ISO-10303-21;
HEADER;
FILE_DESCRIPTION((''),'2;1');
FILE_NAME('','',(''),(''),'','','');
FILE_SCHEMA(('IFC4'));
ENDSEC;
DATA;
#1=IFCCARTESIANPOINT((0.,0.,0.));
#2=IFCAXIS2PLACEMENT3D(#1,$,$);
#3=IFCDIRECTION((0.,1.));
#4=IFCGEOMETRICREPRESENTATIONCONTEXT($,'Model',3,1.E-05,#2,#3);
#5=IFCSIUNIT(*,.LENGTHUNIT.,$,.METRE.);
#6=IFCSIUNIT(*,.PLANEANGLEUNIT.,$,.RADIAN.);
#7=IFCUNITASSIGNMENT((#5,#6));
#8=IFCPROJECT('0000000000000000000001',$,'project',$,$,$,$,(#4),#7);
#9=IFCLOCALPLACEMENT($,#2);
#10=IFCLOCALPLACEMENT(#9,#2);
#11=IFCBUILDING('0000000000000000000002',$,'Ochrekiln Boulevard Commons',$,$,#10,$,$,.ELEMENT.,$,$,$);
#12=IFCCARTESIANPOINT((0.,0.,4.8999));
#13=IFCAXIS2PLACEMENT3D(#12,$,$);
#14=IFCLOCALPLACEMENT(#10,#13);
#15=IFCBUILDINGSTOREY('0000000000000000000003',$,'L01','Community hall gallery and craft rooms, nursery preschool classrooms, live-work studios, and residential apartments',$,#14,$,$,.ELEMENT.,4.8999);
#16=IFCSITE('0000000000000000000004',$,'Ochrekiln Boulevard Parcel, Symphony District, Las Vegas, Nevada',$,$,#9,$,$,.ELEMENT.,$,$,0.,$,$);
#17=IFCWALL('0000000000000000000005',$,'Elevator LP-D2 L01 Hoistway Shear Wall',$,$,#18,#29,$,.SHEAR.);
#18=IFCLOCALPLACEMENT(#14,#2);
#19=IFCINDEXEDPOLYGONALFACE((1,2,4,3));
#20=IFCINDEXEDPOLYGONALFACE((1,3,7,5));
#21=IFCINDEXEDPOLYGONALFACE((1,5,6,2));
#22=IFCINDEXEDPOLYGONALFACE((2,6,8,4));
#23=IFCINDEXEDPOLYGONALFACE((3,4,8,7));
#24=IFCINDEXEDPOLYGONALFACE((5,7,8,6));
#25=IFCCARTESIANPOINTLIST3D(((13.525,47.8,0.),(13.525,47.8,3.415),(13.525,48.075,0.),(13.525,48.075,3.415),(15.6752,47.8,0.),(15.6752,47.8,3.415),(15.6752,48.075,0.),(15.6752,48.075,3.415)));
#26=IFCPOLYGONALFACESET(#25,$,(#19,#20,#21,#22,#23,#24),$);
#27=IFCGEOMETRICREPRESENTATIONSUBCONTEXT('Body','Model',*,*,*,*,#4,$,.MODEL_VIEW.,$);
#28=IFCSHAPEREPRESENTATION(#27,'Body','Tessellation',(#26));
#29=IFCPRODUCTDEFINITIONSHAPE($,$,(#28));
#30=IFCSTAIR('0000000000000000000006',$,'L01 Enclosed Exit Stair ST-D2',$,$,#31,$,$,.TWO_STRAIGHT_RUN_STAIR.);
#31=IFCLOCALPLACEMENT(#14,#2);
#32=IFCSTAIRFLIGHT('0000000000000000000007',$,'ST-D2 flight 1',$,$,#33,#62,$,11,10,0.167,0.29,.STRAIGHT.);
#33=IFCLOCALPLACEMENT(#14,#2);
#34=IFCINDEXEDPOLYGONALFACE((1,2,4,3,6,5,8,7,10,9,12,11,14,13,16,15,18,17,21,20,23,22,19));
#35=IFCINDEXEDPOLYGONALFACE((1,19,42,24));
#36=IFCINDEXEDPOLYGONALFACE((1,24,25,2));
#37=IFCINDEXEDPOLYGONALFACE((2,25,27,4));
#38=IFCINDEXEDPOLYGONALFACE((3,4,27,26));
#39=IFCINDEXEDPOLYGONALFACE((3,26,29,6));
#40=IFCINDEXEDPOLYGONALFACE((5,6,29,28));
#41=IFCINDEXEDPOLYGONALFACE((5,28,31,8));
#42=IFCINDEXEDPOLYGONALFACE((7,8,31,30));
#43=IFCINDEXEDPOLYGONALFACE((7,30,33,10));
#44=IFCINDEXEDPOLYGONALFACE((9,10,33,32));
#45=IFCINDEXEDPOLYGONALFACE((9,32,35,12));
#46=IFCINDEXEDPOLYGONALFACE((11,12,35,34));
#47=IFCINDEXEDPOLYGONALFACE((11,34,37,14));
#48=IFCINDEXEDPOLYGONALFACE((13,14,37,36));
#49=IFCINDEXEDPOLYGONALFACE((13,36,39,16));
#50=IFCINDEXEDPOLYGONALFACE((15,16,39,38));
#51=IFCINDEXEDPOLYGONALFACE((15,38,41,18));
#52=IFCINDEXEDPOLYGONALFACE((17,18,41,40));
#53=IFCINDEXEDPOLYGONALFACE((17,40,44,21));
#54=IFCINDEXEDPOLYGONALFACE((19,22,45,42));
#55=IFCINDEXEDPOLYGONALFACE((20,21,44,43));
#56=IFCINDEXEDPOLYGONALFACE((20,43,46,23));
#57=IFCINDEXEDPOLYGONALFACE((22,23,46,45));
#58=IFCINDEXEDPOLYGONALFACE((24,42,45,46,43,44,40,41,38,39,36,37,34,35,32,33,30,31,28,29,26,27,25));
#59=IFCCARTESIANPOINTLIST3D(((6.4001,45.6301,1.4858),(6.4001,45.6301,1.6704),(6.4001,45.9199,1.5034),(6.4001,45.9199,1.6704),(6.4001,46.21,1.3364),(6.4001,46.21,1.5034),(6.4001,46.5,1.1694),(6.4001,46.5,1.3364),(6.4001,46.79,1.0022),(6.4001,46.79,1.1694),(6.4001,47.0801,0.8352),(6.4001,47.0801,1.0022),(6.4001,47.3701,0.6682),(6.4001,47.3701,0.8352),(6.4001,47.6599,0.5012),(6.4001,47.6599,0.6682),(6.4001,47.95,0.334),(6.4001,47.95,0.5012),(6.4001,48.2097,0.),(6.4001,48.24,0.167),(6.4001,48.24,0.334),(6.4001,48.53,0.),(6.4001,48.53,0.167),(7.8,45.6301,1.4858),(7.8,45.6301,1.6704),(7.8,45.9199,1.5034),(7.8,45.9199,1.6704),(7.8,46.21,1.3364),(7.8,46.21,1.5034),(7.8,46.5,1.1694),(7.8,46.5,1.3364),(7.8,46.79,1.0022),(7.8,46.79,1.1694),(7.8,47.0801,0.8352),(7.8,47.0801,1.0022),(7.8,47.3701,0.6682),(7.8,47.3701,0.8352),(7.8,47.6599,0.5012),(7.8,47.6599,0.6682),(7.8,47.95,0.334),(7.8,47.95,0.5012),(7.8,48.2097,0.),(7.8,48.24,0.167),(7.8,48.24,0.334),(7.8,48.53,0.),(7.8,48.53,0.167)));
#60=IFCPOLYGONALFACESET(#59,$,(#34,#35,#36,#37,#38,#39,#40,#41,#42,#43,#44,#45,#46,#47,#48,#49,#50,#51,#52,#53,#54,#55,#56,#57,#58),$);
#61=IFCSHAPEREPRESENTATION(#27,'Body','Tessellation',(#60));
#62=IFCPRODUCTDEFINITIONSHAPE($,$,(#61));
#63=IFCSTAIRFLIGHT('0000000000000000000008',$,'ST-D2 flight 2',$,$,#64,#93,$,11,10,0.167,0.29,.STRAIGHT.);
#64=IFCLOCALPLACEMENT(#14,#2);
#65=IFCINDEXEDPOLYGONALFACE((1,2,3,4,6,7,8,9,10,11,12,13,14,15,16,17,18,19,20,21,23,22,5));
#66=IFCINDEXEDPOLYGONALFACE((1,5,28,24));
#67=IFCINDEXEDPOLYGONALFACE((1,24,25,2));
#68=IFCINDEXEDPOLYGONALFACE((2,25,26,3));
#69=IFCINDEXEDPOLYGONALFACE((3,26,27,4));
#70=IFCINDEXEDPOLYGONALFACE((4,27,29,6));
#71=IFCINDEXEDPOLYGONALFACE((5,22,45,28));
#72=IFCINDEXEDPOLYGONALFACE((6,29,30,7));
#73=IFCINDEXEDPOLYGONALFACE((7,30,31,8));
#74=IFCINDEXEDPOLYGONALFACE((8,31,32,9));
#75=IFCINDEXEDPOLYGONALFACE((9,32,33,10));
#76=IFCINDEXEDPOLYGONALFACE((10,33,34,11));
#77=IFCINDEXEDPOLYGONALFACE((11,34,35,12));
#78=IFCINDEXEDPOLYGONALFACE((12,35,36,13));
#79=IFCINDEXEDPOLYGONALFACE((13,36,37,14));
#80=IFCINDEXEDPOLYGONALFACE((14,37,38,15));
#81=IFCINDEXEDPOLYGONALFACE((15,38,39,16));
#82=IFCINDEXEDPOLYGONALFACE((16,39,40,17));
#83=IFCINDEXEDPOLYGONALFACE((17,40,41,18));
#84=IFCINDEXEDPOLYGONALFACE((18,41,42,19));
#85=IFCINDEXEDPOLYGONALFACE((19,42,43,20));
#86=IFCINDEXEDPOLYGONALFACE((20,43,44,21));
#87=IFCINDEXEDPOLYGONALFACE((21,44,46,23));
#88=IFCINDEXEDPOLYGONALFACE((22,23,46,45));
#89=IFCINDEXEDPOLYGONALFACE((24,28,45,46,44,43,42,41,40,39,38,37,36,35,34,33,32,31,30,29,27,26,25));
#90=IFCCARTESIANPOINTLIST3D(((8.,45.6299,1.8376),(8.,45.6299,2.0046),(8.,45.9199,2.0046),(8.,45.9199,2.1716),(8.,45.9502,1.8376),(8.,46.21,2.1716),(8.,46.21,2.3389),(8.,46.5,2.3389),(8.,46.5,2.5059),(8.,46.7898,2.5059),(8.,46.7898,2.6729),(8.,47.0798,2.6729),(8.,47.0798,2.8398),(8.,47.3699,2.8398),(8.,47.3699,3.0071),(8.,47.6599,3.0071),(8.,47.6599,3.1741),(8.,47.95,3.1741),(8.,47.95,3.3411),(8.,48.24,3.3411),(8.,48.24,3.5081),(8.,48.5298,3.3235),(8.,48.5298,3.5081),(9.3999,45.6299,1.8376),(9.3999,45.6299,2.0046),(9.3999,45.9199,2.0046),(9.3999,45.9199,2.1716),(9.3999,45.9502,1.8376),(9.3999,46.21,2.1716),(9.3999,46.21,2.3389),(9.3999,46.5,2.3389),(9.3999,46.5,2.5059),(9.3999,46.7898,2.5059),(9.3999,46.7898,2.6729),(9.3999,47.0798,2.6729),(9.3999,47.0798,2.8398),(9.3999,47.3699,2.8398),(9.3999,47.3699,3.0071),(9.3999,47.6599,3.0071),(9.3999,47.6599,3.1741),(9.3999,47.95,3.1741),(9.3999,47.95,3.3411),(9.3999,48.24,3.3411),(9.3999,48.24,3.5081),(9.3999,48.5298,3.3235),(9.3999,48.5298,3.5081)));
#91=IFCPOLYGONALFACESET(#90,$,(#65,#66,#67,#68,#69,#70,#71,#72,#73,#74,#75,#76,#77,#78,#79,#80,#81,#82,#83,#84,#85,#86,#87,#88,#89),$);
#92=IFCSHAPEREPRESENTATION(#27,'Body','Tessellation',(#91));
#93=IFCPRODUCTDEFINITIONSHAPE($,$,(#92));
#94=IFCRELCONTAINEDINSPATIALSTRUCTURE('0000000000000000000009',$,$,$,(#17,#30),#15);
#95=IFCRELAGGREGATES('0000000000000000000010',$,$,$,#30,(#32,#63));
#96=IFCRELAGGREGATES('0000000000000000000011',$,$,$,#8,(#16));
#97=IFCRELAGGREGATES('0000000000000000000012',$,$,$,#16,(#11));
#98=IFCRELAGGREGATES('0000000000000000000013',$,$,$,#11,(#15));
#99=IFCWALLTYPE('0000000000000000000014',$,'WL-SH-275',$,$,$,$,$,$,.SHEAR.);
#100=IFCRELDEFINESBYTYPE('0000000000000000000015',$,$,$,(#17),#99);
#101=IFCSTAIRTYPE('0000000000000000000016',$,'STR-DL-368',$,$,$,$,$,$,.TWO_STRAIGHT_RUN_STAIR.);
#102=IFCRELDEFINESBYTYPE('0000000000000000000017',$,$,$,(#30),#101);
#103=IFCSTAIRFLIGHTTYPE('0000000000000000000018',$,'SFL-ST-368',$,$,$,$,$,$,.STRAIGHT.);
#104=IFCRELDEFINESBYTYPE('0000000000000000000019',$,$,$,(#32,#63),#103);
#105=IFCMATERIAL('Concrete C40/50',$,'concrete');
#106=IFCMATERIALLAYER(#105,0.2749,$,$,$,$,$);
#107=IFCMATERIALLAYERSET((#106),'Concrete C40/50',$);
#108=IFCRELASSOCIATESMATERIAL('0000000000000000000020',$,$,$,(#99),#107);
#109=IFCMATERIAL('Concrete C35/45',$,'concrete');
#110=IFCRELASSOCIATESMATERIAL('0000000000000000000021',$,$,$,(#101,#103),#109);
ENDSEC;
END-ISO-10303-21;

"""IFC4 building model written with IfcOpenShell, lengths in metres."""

from ifc_helpers import new_model, si_unit, direction, frame, frame_2d, origin, place, context, subcontext, project, spatial, polyline, rectangle, outline, extrude, material, layer, layer_set, type_object, element, aggregate, save


model = new_model("IFC4")

# Units and contexts
model_context = context("Model", 3, precision=1e-05, world=origin(), true_north=direction((0.0, 1.0)))
body_context = subcontext(model_context, "Body", "Model", "MODEL_VIEW")
ifc_project = project(units=[si_unit("LENGTHUNIT", "METRE"), si_unit("PLANEANGLEUNIT", "RADIAN")], contexts=[model_context])

# Site, building, storey
site_placement = place(None, origin())
site = spatial("IfcSite", under=ifc_project, at=site_placement, Name="Ochrekiln Boulevard Parcel, Symphony District, Las Vegas, Nevada", CompositionType="ELEMENT", RefElevation=0.0)
building_placement = place(site_placement, origin())
building = spatial("IfcBuilding", under=site, at=building_placement, Name="Ochrekiln Boulevard Commons", CompositionType="ELEMENT")
storey_placement = place(building_placement, frame((0.0, 0.0, 4.8999)))
storey = spatial("IfcBuildingStorey", under=building, at=storey_placement, Name="L01", Description="Community hall gallery and craft rooms, nursery preschool classrooms, live-work studios, and residential apartments", CompositionType="ELEMENT", Elevation=4.8999)

# Shared definitions
ifc_material_1 = material(Name="Concrete C40/50", Category="concrete")

# Shared definitions
ifc_material_2 = material(Name="Concrete C35/45", Category="concrete")

# Wall
ifc_layer_1 = layer(ifc_material_1, 0.2749)
ifc_layer_set_1 = layer_set([ifc_layer_1], Name="Concrete C40/50")
wall_type_1 = type_object("IfcWallType", Name="WL-SH-275", PredefinedType="SHEAR", material=ifc_layer_set_1)
for number, where, z_axis, x_axis, name in (
    (1, (13.5249, 47.9375, 0.0), (0.0, 0.0, 1.0), (1.0, 0.0, 0.0), "Elevator LP-D2 L01 Hoistway Shear Wall"),
):
    element("IfcWall", number, at=place(storey_placement, frame(where, z_axis=z_axis, x_axis=x_axis)), inside=storey, type_object=wall_type_1, Name=name, PredefinedType="SHEAR", context=body_context, shape_type="SweptSolid", body=[
        extrude(rectangle(XDim=2.1501, YDim=0.2749, at=frame_2d((1.0752, 0.0))), origin(), (0.0, 0.0, 1.0), 3.415),
    ])

# Stair, stair flights
stair_type = type_object("IfcStairType", Name="STR-DL-368", PredefinedType="TWO_STRAIGHT_RUN_STAIR", material=ifc_material_2)
stair_placement = place(storey_placement, origin())
stair = element("IfcStair", 2, at=stair_placement, inside=storey, type_object=stair_type, Name="L01 Enclosed Exit Stair ST-D2", PredefinedType="TWO_STRAIGHT_RUN_STAIR")
stair_flight_type = type_object("IfcStairFlightType", Name="SFL-ST-368", PredefinedType="STRAIGHT", material=ifc_material_2)
stair_flight_1_placement = place(storey_placement, frame((7.1001, 48.53, 0.0), z_axis=(0.0, 0.0, 1.0), x_axis=(0.0, -1.0, 0.0)))
stair_flight_1 = element("IfcStairFlight", 3, at=stair_flight_1_placement, type_object=stair_flight_type, Name="ST-D2 flight 1", NumberOfRisers=11, NumberOfTreads=10, PredefinedType="STRAIGHT", RiserHeight=0.167, TreadLength=0.29, context=body_context, shape_type="SweptSolid", body=[
    extrude(outline(polyline([(0.0, 0.0), (0.0, 0.167), (0.29, 0.167), (0.29, 0.334), (0.5801, 0.334), (0.5801, 0.5012), (0.8701, 0.5012), (0.8701, 0.6682), (1.1599, 0.6682), (1.1599, 0.8352), (1.45, 0.8352), (1.45, 1.0022), (1.74, 1.0022), (1.74, 1.1694), (2.03, 1.1694), (2.03, 1.3364), (2.3201, 1.3364), (2.3201, 1.5034), (2.6101, 1.5034), (2.6101, 1.6704), (2.8999, 1.6704), (2.8999, 1.8374), (2.8999, 1.4858), (0.3203, 0.0), (0.0, 0.0)])), frame((0.0, 0.7, 0.0), z_axis=(0.0, -1.0, 0.0), x_axis=(1.0, 0.0, 0.0)), (0.0, 0.0, 1.0), 1.3999),
])
stair_flight_2_placement = place(storey_placement, frame((8.7, 45.6299, 1.8376), z_axis=(0.0, 0.0, 1.0), x_axis=(0.0, 1.0, 0.0)))
stair_flight_2 = element("IfcStairFlight", 4, at=stair_flight_2_placement, type_object=stair_flight_type, Name="ST-D2 flight 2", NumberOfRisers=11, NumberOfTreads=10, PredefinedType="STRAIGHT", RiserHeight=0.167, TreadLength=0.29, context=body_context, shape_type="SweptSolid", body=[
    extrude(outline(polyline([(0.0, 0.0), (0.0, 0.167), (0.29, 0.167), (0.29, 0.334), (0.5801, 0.334), (0.5801, 0.5012), (0.8701, 0.5012), (0.8701, 0.6682), (1.1599, 0.6682), (1.1599, 0.8352), (1.45, 0.8352), (1.45, 1.0022), (1.74, 1.0022), (1.74, 1.1694), (2.03, 1.1694), (2.03, 1.3364), (2.3201, 1.3364), (2.3201, 1.5034), (2.6101, 1.5034), (2.6101, 1.6704), (2.8999, 1.6704), (2.8999, 1.8374), (2.8999, 1.4858), (0.3203, 0.0), (0.0, 0.0)])), frame((0.0, 0.7, 0.0), z_axis=(0.0, -1.0, 0.0), x_axis=(1.0, 0.0, 0.0)), (0.0, 0.0, 1.0), 1.3999),
])
aggregate(stair, [stair_flight_1, stair_flight_2])

save(model, "model.ifc")
